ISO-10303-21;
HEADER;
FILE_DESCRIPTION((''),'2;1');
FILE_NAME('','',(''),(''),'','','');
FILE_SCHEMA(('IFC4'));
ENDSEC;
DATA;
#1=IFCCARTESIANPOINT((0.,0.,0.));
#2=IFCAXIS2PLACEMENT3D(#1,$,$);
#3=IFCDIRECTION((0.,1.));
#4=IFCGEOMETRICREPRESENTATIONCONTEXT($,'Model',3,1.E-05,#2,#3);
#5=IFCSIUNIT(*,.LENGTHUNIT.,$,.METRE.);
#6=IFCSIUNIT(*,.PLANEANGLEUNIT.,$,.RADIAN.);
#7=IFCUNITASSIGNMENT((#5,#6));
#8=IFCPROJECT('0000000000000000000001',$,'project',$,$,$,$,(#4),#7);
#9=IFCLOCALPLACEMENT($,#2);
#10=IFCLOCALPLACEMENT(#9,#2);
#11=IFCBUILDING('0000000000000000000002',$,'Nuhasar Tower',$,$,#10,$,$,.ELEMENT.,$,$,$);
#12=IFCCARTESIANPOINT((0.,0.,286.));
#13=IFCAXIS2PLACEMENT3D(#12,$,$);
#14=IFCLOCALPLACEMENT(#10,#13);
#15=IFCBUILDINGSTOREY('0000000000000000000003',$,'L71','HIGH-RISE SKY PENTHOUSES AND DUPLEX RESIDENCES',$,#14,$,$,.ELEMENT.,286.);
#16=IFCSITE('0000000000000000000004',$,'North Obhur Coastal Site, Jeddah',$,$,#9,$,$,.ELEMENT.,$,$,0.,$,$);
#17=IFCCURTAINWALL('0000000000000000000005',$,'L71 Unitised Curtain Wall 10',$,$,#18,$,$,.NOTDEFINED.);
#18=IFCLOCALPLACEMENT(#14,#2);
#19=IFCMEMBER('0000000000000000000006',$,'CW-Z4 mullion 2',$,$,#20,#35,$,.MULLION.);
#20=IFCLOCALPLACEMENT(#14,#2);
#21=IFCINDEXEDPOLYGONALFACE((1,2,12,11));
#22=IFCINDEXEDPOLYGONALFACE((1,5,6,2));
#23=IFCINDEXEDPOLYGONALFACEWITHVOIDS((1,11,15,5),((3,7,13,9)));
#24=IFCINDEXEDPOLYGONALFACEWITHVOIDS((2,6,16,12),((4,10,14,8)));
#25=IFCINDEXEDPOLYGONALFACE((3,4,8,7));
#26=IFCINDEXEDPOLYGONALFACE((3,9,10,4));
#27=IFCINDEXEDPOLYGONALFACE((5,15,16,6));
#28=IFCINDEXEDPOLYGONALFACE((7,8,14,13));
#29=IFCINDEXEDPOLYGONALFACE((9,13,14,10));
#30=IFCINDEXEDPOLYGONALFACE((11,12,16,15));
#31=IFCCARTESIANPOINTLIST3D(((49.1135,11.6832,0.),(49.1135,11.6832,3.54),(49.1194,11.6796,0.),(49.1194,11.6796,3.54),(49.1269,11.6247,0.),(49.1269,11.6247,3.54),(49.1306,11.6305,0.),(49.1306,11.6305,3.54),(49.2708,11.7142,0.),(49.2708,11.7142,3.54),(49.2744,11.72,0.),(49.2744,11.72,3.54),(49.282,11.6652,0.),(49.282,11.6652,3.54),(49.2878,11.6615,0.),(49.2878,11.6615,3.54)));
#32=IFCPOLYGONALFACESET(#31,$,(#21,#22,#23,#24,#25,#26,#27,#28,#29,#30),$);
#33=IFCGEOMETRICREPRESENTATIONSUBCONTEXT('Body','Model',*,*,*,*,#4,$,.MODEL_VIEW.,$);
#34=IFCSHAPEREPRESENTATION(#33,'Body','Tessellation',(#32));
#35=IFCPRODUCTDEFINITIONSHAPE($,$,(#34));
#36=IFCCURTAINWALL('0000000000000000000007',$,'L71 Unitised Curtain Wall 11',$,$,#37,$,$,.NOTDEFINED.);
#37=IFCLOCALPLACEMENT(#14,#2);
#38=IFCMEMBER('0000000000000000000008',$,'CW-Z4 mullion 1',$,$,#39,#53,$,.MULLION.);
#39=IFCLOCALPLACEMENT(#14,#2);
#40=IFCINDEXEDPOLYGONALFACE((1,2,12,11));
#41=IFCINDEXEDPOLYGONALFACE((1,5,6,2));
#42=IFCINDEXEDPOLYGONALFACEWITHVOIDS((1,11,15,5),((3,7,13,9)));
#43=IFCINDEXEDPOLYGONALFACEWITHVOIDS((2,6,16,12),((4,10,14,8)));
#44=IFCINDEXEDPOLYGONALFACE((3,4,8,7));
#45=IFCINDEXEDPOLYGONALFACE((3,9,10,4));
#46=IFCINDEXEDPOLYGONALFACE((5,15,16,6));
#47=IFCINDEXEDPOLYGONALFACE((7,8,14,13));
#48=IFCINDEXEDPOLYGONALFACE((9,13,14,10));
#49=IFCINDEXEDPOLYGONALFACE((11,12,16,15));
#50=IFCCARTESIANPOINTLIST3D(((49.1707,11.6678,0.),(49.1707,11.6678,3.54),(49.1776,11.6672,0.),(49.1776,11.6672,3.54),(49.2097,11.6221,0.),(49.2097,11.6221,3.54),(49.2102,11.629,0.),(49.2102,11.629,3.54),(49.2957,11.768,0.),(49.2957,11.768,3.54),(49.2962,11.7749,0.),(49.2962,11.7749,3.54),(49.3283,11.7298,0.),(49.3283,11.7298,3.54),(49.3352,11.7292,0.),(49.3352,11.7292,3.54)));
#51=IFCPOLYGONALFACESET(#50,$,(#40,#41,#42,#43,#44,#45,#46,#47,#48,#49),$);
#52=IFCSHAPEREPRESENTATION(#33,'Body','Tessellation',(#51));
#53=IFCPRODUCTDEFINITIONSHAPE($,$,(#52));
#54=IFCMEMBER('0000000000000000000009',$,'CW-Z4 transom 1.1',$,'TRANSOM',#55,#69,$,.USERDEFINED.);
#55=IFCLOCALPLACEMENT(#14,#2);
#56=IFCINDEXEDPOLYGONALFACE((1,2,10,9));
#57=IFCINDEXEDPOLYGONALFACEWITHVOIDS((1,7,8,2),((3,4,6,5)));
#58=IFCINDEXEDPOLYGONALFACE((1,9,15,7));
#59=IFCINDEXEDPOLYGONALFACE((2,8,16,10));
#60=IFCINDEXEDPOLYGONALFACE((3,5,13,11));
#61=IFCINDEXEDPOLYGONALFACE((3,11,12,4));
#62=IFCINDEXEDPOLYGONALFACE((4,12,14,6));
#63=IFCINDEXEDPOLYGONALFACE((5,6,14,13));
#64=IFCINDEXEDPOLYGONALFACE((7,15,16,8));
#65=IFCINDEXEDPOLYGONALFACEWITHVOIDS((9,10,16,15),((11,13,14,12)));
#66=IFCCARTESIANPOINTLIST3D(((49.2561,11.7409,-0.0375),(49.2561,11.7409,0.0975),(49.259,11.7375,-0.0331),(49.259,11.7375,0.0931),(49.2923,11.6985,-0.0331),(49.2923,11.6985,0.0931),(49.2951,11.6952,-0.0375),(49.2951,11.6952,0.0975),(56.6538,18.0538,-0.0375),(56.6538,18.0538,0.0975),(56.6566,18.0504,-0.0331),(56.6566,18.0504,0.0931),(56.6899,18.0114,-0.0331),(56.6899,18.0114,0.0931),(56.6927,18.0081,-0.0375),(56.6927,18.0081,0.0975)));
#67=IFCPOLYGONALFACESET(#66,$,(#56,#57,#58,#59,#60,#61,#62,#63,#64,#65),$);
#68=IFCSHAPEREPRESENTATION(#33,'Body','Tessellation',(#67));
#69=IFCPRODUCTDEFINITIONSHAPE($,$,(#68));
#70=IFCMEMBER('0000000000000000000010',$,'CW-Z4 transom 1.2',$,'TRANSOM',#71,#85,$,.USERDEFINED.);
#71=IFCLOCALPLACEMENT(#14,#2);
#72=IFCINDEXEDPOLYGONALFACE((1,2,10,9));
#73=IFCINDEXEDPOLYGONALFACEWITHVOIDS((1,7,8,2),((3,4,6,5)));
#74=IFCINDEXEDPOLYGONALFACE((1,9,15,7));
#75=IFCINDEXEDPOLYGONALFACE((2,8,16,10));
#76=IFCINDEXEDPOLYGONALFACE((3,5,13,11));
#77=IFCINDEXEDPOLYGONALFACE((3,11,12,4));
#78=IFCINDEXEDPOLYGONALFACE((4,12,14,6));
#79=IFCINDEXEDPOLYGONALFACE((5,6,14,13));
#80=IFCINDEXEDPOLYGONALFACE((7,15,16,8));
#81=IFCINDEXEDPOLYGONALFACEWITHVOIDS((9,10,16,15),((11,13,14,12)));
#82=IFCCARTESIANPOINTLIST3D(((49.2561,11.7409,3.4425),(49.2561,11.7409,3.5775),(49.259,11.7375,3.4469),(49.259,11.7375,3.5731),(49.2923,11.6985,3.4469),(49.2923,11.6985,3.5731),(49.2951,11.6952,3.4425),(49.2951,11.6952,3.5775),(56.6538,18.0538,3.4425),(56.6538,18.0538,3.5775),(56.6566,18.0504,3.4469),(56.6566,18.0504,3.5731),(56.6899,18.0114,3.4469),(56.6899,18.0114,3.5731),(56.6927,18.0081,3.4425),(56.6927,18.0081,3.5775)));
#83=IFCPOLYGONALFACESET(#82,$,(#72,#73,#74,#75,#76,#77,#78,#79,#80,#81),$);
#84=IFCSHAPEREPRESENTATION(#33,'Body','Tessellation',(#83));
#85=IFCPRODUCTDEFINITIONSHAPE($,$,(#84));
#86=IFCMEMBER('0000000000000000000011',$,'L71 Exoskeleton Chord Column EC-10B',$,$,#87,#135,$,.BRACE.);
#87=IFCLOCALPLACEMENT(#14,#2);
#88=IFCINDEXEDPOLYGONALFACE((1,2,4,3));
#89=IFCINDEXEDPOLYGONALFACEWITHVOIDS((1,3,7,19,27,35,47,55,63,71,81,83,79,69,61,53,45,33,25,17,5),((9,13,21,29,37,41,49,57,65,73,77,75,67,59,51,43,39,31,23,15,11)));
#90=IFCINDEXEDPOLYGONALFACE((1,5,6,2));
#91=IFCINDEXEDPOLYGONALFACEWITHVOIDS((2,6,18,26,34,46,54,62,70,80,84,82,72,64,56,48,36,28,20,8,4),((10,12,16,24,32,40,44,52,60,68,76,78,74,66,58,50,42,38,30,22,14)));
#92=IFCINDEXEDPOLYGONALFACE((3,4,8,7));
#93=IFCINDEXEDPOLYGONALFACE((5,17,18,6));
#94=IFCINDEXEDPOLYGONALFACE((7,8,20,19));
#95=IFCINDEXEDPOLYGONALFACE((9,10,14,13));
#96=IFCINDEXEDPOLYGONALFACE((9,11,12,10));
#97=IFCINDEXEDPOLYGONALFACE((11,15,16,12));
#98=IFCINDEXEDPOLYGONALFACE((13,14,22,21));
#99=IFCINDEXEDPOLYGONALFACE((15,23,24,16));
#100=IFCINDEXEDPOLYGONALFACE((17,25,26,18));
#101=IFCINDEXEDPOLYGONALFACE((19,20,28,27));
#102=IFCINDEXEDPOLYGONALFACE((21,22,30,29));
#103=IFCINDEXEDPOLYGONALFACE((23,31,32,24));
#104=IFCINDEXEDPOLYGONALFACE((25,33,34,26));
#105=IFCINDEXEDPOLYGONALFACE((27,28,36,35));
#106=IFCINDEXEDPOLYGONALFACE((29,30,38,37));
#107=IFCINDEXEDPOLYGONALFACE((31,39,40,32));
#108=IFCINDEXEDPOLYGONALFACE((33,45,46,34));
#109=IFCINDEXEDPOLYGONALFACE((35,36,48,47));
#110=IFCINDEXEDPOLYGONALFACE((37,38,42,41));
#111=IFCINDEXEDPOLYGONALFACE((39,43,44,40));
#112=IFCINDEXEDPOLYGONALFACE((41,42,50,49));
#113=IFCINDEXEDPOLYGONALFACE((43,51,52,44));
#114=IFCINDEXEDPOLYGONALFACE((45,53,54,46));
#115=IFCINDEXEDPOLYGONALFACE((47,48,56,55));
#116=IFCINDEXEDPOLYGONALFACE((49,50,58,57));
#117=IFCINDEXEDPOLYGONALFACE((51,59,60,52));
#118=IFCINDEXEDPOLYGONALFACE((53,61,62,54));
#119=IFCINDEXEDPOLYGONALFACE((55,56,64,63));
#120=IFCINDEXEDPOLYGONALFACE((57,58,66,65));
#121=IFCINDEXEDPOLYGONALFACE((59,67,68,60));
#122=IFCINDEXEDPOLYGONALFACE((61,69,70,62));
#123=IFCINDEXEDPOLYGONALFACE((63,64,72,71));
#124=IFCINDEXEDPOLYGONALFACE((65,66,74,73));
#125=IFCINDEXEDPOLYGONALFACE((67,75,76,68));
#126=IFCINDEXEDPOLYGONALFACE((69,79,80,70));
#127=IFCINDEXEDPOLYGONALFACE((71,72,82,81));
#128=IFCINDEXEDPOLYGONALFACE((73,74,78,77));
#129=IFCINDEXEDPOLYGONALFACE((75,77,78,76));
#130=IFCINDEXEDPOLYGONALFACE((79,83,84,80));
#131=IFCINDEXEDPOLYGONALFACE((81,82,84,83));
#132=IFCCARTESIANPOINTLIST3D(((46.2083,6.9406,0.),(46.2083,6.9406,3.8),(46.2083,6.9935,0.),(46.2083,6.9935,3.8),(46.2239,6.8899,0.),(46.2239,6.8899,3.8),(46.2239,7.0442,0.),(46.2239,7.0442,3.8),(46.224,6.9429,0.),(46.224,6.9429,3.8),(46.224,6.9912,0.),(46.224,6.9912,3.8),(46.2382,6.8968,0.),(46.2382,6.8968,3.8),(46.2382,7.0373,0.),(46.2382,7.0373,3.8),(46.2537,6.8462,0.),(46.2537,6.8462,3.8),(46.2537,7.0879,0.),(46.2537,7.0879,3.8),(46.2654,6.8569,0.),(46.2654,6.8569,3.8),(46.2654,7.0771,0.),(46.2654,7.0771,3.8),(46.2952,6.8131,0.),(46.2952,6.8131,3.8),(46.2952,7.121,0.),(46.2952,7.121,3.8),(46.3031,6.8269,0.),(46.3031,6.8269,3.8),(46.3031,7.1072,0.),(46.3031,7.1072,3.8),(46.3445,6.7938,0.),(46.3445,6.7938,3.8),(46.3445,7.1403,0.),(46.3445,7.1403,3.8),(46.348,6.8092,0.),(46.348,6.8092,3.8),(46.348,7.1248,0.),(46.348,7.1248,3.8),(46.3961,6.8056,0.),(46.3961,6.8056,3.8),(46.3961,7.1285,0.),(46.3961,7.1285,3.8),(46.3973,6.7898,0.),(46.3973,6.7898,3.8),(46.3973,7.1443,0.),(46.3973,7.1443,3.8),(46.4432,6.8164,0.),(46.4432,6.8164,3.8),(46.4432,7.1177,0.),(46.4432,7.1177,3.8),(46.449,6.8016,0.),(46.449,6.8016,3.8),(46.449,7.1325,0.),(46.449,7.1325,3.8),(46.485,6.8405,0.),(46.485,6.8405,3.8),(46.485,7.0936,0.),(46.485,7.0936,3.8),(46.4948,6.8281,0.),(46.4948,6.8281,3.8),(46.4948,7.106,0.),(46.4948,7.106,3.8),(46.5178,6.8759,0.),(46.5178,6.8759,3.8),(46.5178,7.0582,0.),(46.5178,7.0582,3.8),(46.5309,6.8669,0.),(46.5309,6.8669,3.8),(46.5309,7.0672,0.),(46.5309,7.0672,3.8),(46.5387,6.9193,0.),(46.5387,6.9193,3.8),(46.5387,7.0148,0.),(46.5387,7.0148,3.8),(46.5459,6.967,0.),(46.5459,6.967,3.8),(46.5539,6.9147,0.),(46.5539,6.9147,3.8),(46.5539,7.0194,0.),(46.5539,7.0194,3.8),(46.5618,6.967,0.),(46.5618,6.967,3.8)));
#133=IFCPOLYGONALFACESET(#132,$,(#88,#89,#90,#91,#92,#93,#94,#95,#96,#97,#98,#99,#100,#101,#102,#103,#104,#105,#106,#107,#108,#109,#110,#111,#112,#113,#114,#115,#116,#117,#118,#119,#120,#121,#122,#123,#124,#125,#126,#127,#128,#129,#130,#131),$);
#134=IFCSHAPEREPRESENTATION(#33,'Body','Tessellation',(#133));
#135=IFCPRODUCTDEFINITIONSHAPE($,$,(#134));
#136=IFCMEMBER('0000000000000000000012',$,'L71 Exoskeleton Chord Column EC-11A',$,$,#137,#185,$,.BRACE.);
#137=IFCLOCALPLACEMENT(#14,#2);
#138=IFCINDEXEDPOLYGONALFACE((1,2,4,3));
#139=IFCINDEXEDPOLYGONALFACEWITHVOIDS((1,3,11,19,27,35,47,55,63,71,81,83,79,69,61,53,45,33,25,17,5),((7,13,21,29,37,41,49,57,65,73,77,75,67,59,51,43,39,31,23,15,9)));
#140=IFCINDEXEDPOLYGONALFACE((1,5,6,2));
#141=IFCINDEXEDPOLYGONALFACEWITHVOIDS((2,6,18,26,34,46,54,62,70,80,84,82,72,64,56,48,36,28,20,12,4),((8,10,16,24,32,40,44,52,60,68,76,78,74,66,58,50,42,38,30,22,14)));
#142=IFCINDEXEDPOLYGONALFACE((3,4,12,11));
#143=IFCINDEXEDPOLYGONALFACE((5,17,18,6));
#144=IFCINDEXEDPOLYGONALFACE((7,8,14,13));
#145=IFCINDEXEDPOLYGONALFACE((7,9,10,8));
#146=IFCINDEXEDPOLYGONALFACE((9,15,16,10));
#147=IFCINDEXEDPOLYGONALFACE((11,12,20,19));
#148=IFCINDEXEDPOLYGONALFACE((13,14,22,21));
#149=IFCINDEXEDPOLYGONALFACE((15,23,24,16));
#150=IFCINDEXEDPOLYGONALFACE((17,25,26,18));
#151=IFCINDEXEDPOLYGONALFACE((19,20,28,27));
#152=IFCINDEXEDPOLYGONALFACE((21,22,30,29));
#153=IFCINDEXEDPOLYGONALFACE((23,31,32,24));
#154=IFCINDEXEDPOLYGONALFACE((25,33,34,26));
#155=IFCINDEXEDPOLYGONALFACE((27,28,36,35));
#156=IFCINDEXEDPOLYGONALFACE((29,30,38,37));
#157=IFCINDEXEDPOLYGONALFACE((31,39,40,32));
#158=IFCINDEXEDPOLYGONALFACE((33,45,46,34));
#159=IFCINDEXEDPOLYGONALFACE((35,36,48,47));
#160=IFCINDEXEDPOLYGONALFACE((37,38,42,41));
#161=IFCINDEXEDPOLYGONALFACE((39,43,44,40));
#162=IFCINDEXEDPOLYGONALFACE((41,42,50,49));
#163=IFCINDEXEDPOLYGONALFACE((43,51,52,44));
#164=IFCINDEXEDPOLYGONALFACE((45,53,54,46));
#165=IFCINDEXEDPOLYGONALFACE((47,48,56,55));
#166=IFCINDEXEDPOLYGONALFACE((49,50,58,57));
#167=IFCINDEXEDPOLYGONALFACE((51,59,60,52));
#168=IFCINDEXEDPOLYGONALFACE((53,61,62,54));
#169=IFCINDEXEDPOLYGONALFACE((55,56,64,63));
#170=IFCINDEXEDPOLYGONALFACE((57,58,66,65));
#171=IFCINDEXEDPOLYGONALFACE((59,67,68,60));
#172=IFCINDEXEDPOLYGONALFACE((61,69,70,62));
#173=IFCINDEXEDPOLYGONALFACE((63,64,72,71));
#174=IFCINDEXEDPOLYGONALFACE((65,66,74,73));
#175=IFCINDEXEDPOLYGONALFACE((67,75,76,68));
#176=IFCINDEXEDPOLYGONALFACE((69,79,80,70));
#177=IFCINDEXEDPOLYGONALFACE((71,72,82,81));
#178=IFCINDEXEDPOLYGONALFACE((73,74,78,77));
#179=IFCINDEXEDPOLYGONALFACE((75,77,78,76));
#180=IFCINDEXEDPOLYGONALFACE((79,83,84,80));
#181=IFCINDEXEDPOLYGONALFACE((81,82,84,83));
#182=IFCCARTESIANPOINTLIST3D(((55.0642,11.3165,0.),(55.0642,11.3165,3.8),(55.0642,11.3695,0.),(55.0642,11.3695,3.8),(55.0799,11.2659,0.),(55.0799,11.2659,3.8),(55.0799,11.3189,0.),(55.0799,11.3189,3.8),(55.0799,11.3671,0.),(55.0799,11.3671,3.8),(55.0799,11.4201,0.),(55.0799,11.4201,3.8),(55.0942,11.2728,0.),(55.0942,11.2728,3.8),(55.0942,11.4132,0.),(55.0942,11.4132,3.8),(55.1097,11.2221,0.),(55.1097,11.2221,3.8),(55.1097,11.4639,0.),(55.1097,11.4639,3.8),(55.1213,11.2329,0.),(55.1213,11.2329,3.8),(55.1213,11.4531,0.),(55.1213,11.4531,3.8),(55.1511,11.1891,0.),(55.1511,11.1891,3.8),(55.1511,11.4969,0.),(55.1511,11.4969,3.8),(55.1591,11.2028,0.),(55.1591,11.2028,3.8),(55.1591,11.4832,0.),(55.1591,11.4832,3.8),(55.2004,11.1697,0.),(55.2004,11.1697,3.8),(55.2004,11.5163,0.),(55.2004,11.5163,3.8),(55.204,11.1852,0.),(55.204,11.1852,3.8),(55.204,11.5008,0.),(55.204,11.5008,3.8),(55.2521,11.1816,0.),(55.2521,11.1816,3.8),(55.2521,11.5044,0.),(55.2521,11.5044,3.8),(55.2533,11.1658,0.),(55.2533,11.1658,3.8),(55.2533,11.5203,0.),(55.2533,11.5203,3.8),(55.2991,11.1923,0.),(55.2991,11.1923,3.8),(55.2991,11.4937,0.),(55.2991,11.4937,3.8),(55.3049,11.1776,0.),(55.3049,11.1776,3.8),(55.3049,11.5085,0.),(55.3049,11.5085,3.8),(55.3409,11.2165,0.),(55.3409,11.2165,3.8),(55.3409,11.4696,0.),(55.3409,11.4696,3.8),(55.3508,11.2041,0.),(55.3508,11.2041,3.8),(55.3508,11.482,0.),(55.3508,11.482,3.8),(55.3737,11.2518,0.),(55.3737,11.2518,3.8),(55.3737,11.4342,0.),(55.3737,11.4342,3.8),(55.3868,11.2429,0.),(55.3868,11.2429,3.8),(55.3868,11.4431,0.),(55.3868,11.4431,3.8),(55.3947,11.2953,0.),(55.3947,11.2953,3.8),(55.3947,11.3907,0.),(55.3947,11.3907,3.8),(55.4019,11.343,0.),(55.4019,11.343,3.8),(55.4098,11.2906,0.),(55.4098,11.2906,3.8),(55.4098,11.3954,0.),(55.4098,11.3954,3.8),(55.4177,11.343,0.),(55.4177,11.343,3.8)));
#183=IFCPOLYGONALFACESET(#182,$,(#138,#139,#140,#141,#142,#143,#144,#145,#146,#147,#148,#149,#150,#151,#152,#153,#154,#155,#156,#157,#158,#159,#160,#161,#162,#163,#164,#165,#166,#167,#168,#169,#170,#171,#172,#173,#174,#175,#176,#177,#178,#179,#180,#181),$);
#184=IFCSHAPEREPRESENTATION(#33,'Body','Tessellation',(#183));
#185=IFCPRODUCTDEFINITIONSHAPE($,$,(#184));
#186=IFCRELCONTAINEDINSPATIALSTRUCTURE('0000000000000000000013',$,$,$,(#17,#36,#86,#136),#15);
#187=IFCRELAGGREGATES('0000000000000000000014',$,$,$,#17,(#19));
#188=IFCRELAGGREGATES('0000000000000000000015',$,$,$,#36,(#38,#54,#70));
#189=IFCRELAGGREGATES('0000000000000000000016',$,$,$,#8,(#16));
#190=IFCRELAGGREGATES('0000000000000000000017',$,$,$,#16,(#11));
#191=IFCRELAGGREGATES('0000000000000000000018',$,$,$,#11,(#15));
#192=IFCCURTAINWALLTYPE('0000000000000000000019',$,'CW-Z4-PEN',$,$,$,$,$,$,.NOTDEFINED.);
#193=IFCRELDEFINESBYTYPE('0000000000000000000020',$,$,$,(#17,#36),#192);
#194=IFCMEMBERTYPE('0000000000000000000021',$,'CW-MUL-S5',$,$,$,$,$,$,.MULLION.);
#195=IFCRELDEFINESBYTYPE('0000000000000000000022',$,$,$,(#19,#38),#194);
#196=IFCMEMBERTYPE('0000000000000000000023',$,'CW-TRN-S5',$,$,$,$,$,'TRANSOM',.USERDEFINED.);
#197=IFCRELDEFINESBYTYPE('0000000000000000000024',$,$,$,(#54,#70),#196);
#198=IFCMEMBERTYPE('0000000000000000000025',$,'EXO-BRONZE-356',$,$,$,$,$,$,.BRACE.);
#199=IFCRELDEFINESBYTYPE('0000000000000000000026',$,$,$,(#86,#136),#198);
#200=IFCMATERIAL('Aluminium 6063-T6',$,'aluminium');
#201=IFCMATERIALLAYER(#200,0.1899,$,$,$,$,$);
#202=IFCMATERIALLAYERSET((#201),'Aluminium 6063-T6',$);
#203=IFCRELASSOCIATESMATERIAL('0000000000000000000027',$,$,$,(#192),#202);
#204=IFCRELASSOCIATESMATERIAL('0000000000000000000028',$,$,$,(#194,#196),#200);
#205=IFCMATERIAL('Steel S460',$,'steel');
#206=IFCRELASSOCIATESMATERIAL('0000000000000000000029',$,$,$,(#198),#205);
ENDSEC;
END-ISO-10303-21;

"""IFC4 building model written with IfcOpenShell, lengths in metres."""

from ifc_helpers import new_model, si_unit, direction, frame, origin, origin_2d, place, context, subcontext, project, spatial, hollow_rectangle, hollow_circle, extrude, material, layer, layer_set, material_profile, profile_set, type_object, element, aggregate, save


model = new_model("IFC4")

# Units and contexts
model_context = context("Model", 3, precision=1e-05, world=origin(), true_north=direction((0.0, 1.0)))
body_context = subcontext(model_context, "Body", "Model", "MODEL_VIEW")
ifc_project = project(units=[si_unit("LENGTHUNIT", "METRE"), si_unit("PLANEANGLEUNIT", "RADIAN")], contexts=[model_context])

# Site, building, storey
site_placement = place(None, origin())
site = spatial("IfcSite", under=ifc_project, at=site_placement, Name="North Obhur Coastal Site, Jeddah", CompositionType="ELEMENT", RefElevation=0.0)
building_placement = place(site_placement, origin())
building = spatial("IfcBuilding", under=site, at=building_placement, Name="Nuhasar Tower", CompositionType="ELEMENT")
storey_placement = place(building_placement, frame((0.0, 0.0, 286.0)))
storey = spatial("IfcBuildingStorey", under=building, at=storey_placement, Name="L71", Description="HIGH-RISE SKY PENTHOUSES AND DUPLEX RESIDENCES", CompositionType="ELEMENT", Elevation=286.0)

# Curtain wall, member
ifc_material_1 = material(Name="Aluminium 6063-T6", Category="aluminium")
ifc_layer_1 = layer(ifc_material_1, 0.1899)
ifc_layer_set_1 = layer_set([ifc_layer_1], Name="Aluminium 6063-T6")
curtain_wall_type = type_object("IfcCurtainWallType", Name="CW-Z4-PEN", PredefinedType="NOTDEFINED", material=ifc_layer_set_1)
curtain_wall_1_placement = place(storey_placement, origin())
curtain_wall_1 = element("IfcCurtainWall", 1, at=curtain_wall_1_placement, inside=storey, type_object=curtain_wall_type, Name="L71 Unitised Curtain Wall 10", PredefinedType="NOTDEFINED")
ifc_material_profile_1 = material_profile(ifc_material_1, hollow_rectangle(XDim=0.0601, YDim=0.165, WallThickness=0.0049, at=origin_2d()), Name="CWM-5")
ifc_profile_set_1 = profile_set([ifc_material_profile_1], Name="Aluminium 6063-T6")
member_type_1 = type_object("IfcMemberType", Name="CW-MUL-S5", PredefinedType="MULLION", material=ifc_profile_set_1)
member_1_placement = place(storey_placement, frame((49.2007, 11.6724, 0.0), z_axis=(0.0, 0.0, 1.0), x_axis=(-0.222889, 0.974844, 0.0)))
member_1 = element("IfcMember", 2, at=member_1_placement, type_object=member_type_1, Name="CW-Z4 mullion 2", PredefinedType="MULLION", context=body_context, shape_type="SweptSolid", body=[
    extrude(hollow_rectangle(XDim=0.0601, YDim=0.165, WallThickness=0.0049, at=origin_2d()), origin(), (0.0, 0.0, 1.0), 3.54),
])
aggregate(curtain_wall_1, [member_1])

# Curtain wall, members
curtain_wall_2_placement = place(storey_placement, origin())
curtain_wall_2 = element("IfcCurtainWall", 3, at=curtain_wall_2_placement, inside=storey, type_object=curtain_wall_type, Name="L71 Unitised Curtain Wall 11", PredefinedType="NOTDEFINED")
member_2_placement = place(storey_placement, frame((49.2529, 11.6985, 0.0), z_axis=(0.0, 0.0, 1.0), x_axis=(-0.649142, 0.760667, 0.0)))
member_2 = element("IfcMember", 4, at=member_2_placement, type_object=member_type_1, Name="CW-Z4 mullion 1", PredefinedType="MULLION", context=body_context, shape_type="SweptSolid", body=[
    extrude(hollow_rectangle(XDim=0.0601, YDim=0.165, WallThickness=0.0049, at=origin_2d()), origin(), (0.0, 0.0, 1.0), 3.54),
])
ifc_material_profile_2 = material_profile(ifc_material_1, hollow_rectangle(XDim=0.0601, YDim=0.135, WallThickness=0.0044, at=origin_2d()), Name="CWT-5")
ifc_profile_set_2 = profile_set([ifc_material_profile_2], Name="Aluminium 6063-T6")
member_type_2 = type_object("IfcMemberType", Name="CW-TRN-S5", ElementType="TRANSOM", PredefinedType="USERDEFINED", material=ifc_profile_set_2)
member_3_placement = place(storey_placement, frame((49.2756, 11.718, 0.03), z_axis=(0.760672, 0.649136, 0.0), x_axis=(-0.649136, 0.760672, 0.0)))
member_3 = element("IfcMember", 5, at=member_3_placement, type_object=member_type_2, Name="CW-Z4 transom 1.1", ObjectType="TRANSOM", PredefinedType="USERDEFINED", context=body_context, shape_type="SweptSolid", body=[
    extrude(hollow_rectangle(XDim=0.0601, YDim=0.135, WallThickness=0.0044, at=origin_2d()), origin(), (0.0, 0.0, 1.0), 9.7251),
])
member_4_placement = place(storey_placement, frame((49.2756, 11.718, 3.51), z_axis=(0.760672, 0.649136, 0.0), x_axis=(-0.649136, 0.760672, 0.0)))
member_4 = element("IfcMember", 6, at=member_4_placement, type_object=member_type_2, Name="CW-Z4 transom 1.2", ObjectType="TRANSOM", PredefinedType="USERDEFINED", context=body_context, shape_type="SweptSolid", body=[
    extrude(hollow_rectangle(XDim=0.0601, YDim=0.135, WallThickness=0.0044, at=origin_2d()), origin(), (0.0, 0.0, 1.0), 9.7251),
])

# Members
ifc_material_2 = material(Name="Steel S460", Category="steel")
ifc_material_profile_3 = material_profile(ifc_material_2, hollow_circle(Radius=0.1777, WallThickness=0.0159, at=origin_2d()), Name="HSS355.6X15.9")
ifc_profile_set_3 = profile_set([ifc_material_profile_3], Name="Steel S460")
member_type_3 = type_object("IfcMemberType", Name="EXO-BRONZE-356", PredefinedType="BRACE", material=ifc_profile_set_3)
for number, where, z_axis, x_axis, name in (
    (7, (46.384, 6.967, 0.0), (0.0, 0.0, 1.0), (1.0, 0.0, 0.0), "L71 Exoskeleton Chord Column EC-10B"),
    (8, (55.24, 11.343, 0.0), (0.0, 0.0, 1.0), (1.0, 0.0, 0.0), "L71 Exoskeleton Chord Column EC-11A"),
):
    element("IfcMember", number, at=place(storey_placement, frame(where, z_axis=z_axis, x_axis=x_axis)), inside=storey, type_object=member_type_3, Name=name, PredefinedType="BRACE", context=body_context, shape_type="SweptSolid", body=[
        extrude(hollow_circle(Radius=0.1777, WallThickness=0.0159, at=origin_2d()), origin(), (0.0, 0.0, 1.0), 3.8),
    ])

aggregate(curtain_wall_2, [member_2, member_3, member_4])

save(model, "model.ifc")
